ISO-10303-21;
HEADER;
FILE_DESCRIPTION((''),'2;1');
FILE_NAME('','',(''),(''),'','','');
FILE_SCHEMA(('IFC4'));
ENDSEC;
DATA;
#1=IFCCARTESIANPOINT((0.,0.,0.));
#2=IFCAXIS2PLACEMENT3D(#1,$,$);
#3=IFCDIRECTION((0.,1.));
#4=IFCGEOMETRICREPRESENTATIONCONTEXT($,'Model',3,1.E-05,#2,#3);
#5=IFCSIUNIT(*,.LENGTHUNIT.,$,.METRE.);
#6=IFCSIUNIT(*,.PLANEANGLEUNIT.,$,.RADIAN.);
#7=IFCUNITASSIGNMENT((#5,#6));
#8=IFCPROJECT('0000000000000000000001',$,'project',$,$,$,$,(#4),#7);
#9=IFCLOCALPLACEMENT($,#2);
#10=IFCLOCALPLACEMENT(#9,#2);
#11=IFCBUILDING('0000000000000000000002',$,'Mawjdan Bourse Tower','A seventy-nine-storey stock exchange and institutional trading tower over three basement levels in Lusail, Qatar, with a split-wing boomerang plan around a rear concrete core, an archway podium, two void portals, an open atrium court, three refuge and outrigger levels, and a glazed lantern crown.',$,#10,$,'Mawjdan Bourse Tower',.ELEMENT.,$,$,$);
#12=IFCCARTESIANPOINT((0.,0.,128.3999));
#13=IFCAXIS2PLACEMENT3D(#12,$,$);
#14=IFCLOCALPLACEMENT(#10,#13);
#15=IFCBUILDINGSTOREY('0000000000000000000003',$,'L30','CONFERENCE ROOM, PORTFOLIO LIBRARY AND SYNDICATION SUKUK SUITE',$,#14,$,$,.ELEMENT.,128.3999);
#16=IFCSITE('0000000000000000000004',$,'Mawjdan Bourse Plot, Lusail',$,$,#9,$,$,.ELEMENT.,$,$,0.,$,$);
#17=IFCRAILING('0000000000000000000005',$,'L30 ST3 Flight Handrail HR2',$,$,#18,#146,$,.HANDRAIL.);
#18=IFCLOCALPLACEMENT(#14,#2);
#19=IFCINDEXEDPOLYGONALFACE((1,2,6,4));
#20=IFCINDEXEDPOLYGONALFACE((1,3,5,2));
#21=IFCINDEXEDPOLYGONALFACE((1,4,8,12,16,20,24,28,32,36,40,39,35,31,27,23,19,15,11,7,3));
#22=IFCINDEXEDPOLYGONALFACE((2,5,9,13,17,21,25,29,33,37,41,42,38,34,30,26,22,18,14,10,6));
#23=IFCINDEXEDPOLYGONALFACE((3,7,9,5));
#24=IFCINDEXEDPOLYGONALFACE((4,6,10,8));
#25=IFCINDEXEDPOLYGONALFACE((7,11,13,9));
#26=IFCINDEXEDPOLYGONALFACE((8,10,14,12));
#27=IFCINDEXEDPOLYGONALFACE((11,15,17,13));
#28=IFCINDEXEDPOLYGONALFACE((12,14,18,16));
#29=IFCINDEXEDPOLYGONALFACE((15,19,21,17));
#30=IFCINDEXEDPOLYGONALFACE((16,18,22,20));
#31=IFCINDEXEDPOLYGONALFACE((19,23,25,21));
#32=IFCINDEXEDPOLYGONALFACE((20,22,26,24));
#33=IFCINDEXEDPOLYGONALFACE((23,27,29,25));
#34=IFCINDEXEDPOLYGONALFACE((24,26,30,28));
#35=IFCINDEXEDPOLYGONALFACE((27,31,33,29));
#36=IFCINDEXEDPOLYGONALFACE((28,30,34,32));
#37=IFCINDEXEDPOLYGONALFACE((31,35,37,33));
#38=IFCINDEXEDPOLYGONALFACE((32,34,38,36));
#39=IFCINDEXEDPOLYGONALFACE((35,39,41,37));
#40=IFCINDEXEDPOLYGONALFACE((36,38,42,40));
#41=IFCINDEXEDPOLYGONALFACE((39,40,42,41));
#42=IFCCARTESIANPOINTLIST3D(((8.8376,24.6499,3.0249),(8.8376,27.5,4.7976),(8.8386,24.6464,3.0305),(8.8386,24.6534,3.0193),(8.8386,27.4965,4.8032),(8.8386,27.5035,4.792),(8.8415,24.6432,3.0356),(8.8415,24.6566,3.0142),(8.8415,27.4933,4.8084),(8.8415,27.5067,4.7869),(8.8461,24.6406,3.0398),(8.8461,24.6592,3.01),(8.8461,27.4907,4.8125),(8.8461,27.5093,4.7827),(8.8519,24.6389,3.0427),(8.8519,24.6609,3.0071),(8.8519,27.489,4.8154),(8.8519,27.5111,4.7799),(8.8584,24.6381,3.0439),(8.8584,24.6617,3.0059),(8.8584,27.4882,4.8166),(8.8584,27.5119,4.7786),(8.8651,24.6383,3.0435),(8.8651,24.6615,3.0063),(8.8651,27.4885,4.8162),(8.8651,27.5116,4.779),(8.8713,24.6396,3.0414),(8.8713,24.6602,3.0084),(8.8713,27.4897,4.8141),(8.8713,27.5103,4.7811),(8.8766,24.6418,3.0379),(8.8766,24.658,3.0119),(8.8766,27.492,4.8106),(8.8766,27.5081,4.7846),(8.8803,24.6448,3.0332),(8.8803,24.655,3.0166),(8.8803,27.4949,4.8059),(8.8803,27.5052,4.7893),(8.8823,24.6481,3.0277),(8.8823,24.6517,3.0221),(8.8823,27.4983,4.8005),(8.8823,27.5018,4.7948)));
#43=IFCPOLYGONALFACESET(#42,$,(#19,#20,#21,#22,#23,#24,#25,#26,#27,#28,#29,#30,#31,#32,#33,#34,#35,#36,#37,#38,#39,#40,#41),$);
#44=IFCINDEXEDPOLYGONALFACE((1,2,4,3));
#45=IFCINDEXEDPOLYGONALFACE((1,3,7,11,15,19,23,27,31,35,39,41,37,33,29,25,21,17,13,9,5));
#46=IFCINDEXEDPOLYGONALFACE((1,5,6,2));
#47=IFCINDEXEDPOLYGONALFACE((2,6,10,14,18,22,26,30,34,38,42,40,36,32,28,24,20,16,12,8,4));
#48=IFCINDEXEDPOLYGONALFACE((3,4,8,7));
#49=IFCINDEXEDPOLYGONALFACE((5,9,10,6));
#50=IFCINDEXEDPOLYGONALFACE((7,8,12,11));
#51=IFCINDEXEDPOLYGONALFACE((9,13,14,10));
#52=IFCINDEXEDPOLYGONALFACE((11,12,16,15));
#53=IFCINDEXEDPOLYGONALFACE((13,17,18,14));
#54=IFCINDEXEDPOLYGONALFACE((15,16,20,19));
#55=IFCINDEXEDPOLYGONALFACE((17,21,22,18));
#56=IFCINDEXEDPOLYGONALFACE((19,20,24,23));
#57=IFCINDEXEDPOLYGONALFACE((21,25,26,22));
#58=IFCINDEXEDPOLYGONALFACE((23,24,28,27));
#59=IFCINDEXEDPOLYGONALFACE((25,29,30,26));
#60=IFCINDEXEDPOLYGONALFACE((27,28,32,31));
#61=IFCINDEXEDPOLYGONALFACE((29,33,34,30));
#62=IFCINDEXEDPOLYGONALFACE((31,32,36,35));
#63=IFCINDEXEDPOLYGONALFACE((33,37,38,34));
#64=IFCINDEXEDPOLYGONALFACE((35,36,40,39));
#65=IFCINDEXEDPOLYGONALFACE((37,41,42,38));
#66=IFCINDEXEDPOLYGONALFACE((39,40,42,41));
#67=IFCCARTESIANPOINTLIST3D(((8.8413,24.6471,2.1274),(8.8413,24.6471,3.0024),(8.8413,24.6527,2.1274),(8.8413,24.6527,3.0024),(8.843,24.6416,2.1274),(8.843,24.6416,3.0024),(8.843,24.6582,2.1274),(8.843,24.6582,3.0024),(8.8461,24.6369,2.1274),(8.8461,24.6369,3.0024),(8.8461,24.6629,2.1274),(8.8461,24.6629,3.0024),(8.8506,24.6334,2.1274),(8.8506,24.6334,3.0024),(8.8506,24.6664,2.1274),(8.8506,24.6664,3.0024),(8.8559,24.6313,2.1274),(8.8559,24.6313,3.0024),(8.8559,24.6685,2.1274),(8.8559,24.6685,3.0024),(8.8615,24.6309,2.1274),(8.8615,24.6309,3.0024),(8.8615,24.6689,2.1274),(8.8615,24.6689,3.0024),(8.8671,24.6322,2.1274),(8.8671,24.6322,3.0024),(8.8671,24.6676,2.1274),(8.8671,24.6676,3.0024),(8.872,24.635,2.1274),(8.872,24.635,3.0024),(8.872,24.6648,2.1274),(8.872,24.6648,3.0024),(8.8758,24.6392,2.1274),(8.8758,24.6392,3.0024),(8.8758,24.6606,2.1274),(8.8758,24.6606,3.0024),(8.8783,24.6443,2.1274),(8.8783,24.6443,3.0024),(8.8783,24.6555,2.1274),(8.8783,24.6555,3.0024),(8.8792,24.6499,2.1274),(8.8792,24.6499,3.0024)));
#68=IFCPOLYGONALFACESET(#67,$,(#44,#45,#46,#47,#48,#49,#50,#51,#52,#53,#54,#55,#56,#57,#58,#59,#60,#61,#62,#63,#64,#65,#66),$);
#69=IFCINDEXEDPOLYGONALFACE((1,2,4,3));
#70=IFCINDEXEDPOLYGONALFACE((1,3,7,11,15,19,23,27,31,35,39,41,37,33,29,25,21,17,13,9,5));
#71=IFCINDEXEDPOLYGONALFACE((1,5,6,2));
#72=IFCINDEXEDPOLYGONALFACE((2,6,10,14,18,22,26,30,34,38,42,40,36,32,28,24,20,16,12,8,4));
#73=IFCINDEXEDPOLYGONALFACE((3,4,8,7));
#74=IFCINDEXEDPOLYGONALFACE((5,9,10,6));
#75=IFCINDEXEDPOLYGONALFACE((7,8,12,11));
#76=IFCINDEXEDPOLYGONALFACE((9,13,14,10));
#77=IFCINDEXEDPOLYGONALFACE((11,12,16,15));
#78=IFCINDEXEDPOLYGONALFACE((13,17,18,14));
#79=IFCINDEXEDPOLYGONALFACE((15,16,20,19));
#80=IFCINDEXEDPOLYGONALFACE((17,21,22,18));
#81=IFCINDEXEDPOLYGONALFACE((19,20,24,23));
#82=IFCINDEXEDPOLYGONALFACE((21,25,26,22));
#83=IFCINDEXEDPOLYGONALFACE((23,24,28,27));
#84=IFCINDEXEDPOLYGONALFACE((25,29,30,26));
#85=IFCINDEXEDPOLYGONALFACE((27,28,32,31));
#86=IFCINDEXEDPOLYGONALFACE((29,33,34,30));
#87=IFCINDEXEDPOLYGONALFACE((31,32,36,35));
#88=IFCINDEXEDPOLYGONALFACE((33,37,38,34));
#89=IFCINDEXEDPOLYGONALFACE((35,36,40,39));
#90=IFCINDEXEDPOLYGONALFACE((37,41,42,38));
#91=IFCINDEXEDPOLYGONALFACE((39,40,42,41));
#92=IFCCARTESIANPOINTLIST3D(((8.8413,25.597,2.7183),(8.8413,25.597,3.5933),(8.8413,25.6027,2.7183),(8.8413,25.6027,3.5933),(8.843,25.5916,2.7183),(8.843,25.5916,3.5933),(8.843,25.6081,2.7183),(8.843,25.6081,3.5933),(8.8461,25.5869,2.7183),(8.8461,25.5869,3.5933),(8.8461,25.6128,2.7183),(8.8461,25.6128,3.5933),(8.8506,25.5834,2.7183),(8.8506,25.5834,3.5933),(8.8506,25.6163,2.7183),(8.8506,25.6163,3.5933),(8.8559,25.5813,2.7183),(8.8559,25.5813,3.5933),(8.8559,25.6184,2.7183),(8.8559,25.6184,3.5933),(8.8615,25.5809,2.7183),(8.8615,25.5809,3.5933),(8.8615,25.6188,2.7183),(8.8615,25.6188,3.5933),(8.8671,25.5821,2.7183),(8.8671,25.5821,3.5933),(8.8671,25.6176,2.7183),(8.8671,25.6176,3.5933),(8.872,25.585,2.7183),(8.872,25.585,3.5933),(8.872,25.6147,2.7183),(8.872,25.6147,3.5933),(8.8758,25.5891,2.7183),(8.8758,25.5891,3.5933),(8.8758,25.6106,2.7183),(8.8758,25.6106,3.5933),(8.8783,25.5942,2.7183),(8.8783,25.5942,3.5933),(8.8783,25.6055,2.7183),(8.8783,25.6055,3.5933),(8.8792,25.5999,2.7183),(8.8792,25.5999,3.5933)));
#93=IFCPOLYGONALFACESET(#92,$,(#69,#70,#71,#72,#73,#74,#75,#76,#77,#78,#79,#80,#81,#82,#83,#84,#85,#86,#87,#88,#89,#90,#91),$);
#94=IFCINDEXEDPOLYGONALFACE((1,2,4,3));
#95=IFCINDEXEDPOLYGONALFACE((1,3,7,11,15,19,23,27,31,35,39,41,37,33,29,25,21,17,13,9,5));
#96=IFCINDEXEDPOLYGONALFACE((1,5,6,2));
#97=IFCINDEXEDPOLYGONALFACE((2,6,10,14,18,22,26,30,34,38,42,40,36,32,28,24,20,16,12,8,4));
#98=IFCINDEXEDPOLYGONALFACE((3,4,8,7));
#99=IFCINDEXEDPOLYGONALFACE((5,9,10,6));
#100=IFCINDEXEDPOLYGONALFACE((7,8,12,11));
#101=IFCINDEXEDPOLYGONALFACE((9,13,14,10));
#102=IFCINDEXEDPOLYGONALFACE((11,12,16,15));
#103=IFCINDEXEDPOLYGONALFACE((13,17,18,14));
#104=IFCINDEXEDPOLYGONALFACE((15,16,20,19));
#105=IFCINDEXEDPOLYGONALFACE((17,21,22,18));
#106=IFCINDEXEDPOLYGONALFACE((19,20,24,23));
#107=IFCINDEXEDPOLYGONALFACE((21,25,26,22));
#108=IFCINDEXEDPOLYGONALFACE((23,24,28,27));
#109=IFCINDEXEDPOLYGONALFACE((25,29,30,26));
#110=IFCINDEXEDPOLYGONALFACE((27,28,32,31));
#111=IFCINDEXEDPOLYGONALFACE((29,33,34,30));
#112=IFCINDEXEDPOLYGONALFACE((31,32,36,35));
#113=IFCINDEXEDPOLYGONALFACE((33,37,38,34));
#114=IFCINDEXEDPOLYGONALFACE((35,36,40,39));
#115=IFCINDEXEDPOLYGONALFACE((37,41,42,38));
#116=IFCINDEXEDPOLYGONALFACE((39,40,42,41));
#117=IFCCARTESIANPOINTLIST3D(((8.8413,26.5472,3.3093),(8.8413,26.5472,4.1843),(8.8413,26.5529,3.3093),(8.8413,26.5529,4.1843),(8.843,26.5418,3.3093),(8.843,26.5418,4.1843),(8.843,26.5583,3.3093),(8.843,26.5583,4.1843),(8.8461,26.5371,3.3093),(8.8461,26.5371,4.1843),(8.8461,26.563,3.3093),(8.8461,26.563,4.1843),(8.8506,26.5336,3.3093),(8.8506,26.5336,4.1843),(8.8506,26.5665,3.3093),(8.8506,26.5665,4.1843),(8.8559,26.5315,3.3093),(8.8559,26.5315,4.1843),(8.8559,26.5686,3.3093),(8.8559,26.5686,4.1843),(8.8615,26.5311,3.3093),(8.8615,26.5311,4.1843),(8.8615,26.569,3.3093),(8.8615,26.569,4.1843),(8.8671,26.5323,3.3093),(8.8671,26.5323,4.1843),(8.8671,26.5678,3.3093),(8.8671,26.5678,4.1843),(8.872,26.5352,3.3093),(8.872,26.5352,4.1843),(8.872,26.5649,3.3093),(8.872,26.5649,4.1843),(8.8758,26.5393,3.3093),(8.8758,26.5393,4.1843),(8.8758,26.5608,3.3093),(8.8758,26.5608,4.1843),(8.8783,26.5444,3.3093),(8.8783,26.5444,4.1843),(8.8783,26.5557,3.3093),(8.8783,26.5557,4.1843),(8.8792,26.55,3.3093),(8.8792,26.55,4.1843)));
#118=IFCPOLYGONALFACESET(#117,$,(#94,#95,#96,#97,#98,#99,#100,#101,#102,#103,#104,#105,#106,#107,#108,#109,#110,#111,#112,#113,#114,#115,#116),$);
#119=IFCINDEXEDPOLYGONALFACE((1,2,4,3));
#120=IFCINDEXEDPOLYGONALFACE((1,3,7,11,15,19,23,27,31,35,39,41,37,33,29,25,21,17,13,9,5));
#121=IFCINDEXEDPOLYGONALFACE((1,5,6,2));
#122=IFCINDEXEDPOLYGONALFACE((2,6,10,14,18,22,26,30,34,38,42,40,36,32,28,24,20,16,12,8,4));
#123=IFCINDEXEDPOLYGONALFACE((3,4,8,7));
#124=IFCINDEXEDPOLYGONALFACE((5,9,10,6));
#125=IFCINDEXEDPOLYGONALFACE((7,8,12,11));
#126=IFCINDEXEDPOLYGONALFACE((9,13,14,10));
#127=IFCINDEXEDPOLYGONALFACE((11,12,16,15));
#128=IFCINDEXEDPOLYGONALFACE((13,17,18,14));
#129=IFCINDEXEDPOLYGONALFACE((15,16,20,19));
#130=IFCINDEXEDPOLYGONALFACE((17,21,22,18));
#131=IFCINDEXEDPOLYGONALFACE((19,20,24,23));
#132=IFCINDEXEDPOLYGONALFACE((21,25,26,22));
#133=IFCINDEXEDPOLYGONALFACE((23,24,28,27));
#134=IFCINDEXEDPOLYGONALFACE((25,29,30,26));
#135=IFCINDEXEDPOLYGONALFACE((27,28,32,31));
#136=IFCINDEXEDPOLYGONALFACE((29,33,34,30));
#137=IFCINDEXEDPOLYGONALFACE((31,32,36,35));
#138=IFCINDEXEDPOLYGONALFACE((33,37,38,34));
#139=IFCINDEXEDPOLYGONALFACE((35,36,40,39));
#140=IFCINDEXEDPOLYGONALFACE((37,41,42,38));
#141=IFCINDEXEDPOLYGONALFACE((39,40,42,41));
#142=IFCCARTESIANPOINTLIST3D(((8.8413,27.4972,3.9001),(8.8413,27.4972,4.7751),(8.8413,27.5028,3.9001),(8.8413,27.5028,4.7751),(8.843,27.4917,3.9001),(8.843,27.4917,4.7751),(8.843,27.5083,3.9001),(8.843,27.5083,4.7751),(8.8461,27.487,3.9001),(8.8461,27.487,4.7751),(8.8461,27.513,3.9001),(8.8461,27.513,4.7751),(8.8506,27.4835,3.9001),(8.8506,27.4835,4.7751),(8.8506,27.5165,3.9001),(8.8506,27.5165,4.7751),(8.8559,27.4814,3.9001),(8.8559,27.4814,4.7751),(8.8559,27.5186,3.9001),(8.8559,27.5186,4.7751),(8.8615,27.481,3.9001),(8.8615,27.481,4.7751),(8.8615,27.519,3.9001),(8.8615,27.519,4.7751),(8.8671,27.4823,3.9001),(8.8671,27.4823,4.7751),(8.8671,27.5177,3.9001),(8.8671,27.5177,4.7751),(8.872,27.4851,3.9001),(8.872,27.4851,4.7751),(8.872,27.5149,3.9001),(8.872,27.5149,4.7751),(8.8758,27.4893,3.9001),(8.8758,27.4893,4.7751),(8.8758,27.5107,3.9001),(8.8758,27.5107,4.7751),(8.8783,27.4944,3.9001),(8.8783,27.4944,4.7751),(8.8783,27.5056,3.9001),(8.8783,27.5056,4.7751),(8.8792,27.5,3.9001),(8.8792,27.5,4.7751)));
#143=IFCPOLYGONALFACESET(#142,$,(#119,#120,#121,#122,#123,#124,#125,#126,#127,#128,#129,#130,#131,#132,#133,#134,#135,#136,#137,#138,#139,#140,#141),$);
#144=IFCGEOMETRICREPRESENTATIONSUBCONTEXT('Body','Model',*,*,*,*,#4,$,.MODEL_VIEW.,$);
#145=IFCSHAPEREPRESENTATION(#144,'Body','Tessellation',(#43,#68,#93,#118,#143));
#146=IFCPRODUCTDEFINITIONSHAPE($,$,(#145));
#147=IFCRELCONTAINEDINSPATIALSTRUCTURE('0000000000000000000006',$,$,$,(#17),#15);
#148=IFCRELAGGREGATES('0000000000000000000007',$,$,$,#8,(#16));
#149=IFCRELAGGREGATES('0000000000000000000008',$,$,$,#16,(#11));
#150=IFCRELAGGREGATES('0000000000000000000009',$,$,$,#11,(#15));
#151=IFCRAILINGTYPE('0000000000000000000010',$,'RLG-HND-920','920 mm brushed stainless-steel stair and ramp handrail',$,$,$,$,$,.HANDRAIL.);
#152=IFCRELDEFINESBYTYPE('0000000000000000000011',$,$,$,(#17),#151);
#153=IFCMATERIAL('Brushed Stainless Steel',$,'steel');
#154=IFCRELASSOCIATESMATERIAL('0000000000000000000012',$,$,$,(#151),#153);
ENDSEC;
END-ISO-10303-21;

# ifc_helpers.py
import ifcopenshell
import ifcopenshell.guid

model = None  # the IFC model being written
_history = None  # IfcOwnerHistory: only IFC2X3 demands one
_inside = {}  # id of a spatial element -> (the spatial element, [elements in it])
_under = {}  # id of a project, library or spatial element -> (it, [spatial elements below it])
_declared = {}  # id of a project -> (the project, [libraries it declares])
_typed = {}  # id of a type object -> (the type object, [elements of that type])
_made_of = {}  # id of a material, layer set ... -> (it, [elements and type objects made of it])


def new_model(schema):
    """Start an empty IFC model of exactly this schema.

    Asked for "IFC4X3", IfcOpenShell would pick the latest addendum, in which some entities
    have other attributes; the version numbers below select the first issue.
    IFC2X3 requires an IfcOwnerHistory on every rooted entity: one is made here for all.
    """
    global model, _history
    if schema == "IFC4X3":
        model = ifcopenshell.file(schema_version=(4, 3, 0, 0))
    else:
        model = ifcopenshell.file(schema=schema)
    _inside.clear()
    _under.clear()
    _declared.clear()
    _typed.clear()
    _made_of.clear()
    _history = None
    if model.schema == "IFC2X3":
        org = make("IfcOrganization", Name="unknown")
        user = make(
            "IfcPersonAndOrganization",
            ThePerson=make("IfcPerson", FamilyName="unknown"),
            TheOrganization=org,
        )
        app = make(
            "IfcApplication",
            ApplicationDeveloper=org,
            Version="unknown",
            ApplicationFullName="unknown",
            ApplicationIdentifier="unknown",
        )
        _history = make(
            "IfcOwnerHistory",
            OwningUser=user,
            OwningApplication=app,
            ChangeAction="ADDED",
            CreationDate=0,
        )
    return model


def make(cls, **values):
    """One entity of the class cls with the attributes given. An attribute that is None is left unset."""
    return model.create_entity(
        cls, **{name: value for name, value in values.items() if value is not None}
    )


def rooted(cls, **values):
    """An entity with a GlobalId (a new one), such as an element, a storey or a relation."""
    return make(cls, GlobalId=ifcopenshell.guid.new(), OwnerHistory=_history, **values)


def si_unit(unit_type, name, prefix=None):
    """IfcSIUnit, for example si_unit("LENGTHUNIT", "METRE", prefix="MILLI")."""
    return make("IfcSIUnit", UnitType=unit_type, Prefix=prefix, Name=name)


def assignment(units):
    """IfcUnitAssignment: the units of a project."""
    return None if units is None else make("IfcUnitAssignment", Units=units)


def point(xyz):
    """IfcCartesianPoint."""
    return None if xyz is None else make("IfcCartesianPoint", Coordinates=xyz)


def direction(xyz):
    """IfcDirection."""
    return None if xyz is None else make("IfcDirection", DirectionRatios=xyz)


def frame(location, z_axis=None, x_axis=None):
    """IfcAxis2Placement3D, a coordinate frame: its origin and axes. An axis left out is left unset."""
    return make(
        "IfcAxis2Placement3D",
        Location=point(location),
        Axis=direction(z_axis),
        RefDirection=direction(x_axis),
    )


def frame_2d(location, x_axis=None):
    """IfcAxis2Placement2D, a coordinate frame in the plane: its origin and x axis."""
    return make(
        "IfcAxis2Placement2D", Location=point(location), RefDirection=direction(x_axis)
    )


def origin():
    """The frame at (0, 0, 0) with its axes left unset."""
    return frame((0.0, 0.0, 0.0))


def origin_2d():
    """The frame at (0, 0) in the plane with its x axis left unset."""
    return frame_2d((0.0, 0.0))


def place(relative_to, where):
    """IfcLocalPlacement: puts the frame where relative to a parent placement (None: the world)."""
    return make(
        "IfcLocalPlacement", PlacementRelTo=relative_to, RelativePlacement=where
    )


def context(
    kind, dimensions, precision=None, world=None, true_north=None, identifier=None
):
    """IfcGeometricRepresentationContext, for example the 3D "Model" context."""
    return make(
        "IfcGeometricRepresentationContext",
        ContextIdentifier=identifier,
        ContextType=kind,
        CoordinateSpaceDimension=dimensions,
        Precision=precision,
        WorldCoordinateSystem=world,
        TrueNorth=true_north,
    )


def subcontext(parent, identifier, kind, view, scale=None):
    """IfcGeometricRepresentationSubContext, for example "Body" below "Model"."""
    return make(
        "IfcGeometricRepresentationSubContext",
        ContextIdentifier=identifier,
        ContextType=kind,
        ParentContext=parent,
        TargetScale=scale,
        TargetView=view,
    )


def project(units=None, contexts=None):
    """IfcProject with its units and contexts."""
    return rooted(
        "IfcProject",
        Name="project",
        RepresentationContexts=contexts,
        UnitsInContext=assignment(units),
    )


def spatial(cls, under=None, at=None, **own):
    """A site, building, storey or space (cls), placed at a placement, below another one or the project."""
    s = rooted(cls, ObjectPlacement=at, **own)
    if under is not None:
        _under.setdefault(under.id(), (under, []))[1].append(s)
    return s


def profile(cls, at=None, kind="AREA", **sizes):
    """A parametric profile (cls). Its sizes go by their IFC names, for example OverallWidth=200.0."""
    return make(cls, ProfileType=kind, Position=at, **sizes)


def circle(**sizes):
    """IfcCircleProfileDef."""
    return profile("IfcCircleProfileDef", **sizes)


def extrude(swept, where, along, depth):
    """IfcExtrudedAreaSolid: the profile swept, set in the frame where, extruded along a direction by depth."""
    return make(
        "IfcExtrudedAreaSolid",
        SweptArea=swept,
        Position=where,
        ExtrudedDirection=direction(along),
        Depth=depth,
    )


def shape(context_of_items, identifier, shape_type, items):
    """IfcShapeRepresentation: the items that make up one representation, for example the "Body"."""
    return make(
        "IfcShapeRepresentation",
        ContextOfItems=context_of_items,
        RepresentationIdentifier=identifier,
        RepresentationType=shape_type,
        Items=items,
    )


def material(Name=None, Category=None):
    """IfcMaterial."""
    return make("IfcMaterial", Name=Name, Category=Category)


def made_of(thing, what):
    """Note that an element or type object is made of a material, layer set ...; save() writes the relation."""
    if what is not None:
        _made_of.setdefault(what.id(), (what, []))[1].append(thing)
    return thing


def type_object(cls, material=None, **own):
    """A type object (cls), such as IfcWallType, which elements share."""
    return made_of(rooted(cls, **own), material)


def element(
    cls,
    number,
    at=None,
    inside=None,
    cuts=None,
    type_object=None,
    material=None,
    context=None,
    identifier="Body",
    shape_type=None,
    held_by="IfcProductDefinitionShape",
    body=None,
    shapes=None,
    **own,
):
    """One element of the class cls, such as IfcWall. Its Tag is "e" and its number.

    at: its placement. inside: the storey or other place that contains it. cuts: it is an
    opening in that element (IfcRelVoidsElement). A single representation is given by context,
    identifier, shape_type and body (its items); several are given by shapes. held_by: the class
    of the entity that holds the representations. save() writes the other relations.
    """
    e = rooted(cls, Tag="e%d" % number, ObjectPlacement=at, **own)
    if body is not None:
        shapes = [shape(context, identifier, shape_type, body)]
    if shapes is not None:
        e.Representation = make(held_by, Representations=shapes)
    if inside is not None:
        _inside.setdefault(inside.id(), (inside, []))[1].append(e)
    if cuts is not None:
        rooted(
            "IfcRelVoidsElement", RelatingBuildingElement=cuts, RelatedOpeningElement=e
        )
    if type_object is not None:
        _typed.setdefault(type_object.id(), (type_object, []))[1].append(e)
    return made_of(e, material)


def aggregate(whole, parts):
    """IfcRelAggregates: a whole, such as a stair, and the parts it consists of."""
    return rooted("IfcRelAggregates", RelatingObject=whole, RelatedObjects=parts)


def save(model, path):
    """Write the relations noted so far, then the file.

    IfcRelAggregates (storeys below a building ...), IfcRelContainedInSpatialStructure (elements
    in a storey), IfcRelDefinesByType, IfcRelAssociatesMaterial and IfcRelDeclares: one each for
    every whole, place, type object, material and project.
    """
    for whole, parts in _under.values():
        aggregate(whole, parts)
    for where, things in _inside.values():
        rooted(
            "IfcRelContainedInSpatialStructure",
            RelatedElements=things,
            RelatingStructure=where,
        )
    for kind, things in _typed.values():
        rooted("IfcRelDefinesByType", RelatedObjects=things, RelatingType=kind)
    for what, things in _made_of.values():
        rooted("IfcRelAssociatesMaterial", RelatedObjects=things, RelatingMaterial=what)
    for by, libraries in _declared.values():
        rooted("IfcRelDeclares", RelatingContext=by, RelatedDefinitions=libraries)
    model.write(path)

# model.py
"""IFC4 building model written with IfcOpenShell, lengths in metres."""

from ifc_helpers import new_model, si_unit, direction, frame, origin, origin_2d, place, context, subcontext, project, spatial, circle, extrude, material, type_object, element, save


model = new_model("IFC4")

# Units and contexts
model_context = context("Model", 3, precision=1e-05, world=origin(), true_north=direction((0.0, 1.0)))
body_context = subcontext(model_context, "Body", "Model", "MODEL_VIEW")
ifc_project = project(units=[si_unit("LENGTHUNIT", "METRE"), si_unit("PLANEANGLEUNIT", "RADIAN")], contexts=[model_context])

# Site, building, storey
site_placement = place(None, origin())
site = spatial("IfcSite", under=ifc_project, at=site_placement, Name="Mawjdan Bourse Plot, Lusail", CompositionType="ELEMENT", RefElevation=0.0)
building_placement = place(site_placement, origin())
building = spatial("IfcBuilding", under=site, at=building_placement, Name="Mawjdan Bourse Tower", Description="A seventy-nine-storey stock exchange and institutional trading tower over three basement levels in Lusail, Qatar, with a split-wing boomerang plan around a rear concrete core, an archway podium, two void portals, an open atrium court, three refuge and outrigger levels, and a glazed lantern crown.", LongName="Mawjdan Bourse Tower", CompositionType="ELEMENT")
storey_placement = place(building_placement, frame((0.0, 0.0, 128.3999)))
storey = spatial("IfcBuildingStorey", under=building, at=storey_placement, Name="L30", Description="CONFERENCE ROOM, PORTFOLIO LIBRARY AND SYNDICATION SUKUK SUITE", CompositionType="ELEMENT", Elevation=128.3999)

# Railing
ifc_material_1 = material(Name="Brushed Stainless Steel", Category="steel")
railing_type_1 = type_object("IfcRailingType", Name="RLG-HND-920", Description="920 mm brushed stainless-steel stair and ramp handrail", PredefinedType="HANDRAIL", material=ifc_material_1)
railing_1_placement = place(storey_placement, frame((8.8601, 24.6499, 2.1274)))
element("IfcRailing", 1, at=railing_1_placement, inside=storey, type_object=railing_type_1, Name="L30 ST3 Flight Handrail HR2", PredefinedType="HANDRAIL", context=body_context, shape_type="SweptSolid", body=[
    extrude(circle(Radius=0.0225, at=origin_2d()), frame((0.0, 0.0, 0.8975), z_axis=(0.0, 0.849149, 0.528154), x_axis=(-1.0, 0.0, 0.0)), (0.0, 0.0, 1.0), 3.3564),
    extrude(circle(Radius=0.019, at=origin_2d()), origin(), (0.0, 0.0, 1.0), 0.875),
    extrude(circle(Radius=0.019, at=origin_2d()), frame((0.0, 0.95, 0.5908)), (0.0, 0.0, 1.0), 0.875),
    extrude(circle(Radius=0.019, at=origin_2d()), frame((0.0, 1.9001, 1.1819)), (0.0, 0.0, 1.0), 0.875),
    extrude(circle(Radius=0.019, at=origin_2d()), frame((0.0, 2.8501, 1.7727)), (0.0, 0.0, 1.0), 0.875),
])

save(model, "model.ifc")
